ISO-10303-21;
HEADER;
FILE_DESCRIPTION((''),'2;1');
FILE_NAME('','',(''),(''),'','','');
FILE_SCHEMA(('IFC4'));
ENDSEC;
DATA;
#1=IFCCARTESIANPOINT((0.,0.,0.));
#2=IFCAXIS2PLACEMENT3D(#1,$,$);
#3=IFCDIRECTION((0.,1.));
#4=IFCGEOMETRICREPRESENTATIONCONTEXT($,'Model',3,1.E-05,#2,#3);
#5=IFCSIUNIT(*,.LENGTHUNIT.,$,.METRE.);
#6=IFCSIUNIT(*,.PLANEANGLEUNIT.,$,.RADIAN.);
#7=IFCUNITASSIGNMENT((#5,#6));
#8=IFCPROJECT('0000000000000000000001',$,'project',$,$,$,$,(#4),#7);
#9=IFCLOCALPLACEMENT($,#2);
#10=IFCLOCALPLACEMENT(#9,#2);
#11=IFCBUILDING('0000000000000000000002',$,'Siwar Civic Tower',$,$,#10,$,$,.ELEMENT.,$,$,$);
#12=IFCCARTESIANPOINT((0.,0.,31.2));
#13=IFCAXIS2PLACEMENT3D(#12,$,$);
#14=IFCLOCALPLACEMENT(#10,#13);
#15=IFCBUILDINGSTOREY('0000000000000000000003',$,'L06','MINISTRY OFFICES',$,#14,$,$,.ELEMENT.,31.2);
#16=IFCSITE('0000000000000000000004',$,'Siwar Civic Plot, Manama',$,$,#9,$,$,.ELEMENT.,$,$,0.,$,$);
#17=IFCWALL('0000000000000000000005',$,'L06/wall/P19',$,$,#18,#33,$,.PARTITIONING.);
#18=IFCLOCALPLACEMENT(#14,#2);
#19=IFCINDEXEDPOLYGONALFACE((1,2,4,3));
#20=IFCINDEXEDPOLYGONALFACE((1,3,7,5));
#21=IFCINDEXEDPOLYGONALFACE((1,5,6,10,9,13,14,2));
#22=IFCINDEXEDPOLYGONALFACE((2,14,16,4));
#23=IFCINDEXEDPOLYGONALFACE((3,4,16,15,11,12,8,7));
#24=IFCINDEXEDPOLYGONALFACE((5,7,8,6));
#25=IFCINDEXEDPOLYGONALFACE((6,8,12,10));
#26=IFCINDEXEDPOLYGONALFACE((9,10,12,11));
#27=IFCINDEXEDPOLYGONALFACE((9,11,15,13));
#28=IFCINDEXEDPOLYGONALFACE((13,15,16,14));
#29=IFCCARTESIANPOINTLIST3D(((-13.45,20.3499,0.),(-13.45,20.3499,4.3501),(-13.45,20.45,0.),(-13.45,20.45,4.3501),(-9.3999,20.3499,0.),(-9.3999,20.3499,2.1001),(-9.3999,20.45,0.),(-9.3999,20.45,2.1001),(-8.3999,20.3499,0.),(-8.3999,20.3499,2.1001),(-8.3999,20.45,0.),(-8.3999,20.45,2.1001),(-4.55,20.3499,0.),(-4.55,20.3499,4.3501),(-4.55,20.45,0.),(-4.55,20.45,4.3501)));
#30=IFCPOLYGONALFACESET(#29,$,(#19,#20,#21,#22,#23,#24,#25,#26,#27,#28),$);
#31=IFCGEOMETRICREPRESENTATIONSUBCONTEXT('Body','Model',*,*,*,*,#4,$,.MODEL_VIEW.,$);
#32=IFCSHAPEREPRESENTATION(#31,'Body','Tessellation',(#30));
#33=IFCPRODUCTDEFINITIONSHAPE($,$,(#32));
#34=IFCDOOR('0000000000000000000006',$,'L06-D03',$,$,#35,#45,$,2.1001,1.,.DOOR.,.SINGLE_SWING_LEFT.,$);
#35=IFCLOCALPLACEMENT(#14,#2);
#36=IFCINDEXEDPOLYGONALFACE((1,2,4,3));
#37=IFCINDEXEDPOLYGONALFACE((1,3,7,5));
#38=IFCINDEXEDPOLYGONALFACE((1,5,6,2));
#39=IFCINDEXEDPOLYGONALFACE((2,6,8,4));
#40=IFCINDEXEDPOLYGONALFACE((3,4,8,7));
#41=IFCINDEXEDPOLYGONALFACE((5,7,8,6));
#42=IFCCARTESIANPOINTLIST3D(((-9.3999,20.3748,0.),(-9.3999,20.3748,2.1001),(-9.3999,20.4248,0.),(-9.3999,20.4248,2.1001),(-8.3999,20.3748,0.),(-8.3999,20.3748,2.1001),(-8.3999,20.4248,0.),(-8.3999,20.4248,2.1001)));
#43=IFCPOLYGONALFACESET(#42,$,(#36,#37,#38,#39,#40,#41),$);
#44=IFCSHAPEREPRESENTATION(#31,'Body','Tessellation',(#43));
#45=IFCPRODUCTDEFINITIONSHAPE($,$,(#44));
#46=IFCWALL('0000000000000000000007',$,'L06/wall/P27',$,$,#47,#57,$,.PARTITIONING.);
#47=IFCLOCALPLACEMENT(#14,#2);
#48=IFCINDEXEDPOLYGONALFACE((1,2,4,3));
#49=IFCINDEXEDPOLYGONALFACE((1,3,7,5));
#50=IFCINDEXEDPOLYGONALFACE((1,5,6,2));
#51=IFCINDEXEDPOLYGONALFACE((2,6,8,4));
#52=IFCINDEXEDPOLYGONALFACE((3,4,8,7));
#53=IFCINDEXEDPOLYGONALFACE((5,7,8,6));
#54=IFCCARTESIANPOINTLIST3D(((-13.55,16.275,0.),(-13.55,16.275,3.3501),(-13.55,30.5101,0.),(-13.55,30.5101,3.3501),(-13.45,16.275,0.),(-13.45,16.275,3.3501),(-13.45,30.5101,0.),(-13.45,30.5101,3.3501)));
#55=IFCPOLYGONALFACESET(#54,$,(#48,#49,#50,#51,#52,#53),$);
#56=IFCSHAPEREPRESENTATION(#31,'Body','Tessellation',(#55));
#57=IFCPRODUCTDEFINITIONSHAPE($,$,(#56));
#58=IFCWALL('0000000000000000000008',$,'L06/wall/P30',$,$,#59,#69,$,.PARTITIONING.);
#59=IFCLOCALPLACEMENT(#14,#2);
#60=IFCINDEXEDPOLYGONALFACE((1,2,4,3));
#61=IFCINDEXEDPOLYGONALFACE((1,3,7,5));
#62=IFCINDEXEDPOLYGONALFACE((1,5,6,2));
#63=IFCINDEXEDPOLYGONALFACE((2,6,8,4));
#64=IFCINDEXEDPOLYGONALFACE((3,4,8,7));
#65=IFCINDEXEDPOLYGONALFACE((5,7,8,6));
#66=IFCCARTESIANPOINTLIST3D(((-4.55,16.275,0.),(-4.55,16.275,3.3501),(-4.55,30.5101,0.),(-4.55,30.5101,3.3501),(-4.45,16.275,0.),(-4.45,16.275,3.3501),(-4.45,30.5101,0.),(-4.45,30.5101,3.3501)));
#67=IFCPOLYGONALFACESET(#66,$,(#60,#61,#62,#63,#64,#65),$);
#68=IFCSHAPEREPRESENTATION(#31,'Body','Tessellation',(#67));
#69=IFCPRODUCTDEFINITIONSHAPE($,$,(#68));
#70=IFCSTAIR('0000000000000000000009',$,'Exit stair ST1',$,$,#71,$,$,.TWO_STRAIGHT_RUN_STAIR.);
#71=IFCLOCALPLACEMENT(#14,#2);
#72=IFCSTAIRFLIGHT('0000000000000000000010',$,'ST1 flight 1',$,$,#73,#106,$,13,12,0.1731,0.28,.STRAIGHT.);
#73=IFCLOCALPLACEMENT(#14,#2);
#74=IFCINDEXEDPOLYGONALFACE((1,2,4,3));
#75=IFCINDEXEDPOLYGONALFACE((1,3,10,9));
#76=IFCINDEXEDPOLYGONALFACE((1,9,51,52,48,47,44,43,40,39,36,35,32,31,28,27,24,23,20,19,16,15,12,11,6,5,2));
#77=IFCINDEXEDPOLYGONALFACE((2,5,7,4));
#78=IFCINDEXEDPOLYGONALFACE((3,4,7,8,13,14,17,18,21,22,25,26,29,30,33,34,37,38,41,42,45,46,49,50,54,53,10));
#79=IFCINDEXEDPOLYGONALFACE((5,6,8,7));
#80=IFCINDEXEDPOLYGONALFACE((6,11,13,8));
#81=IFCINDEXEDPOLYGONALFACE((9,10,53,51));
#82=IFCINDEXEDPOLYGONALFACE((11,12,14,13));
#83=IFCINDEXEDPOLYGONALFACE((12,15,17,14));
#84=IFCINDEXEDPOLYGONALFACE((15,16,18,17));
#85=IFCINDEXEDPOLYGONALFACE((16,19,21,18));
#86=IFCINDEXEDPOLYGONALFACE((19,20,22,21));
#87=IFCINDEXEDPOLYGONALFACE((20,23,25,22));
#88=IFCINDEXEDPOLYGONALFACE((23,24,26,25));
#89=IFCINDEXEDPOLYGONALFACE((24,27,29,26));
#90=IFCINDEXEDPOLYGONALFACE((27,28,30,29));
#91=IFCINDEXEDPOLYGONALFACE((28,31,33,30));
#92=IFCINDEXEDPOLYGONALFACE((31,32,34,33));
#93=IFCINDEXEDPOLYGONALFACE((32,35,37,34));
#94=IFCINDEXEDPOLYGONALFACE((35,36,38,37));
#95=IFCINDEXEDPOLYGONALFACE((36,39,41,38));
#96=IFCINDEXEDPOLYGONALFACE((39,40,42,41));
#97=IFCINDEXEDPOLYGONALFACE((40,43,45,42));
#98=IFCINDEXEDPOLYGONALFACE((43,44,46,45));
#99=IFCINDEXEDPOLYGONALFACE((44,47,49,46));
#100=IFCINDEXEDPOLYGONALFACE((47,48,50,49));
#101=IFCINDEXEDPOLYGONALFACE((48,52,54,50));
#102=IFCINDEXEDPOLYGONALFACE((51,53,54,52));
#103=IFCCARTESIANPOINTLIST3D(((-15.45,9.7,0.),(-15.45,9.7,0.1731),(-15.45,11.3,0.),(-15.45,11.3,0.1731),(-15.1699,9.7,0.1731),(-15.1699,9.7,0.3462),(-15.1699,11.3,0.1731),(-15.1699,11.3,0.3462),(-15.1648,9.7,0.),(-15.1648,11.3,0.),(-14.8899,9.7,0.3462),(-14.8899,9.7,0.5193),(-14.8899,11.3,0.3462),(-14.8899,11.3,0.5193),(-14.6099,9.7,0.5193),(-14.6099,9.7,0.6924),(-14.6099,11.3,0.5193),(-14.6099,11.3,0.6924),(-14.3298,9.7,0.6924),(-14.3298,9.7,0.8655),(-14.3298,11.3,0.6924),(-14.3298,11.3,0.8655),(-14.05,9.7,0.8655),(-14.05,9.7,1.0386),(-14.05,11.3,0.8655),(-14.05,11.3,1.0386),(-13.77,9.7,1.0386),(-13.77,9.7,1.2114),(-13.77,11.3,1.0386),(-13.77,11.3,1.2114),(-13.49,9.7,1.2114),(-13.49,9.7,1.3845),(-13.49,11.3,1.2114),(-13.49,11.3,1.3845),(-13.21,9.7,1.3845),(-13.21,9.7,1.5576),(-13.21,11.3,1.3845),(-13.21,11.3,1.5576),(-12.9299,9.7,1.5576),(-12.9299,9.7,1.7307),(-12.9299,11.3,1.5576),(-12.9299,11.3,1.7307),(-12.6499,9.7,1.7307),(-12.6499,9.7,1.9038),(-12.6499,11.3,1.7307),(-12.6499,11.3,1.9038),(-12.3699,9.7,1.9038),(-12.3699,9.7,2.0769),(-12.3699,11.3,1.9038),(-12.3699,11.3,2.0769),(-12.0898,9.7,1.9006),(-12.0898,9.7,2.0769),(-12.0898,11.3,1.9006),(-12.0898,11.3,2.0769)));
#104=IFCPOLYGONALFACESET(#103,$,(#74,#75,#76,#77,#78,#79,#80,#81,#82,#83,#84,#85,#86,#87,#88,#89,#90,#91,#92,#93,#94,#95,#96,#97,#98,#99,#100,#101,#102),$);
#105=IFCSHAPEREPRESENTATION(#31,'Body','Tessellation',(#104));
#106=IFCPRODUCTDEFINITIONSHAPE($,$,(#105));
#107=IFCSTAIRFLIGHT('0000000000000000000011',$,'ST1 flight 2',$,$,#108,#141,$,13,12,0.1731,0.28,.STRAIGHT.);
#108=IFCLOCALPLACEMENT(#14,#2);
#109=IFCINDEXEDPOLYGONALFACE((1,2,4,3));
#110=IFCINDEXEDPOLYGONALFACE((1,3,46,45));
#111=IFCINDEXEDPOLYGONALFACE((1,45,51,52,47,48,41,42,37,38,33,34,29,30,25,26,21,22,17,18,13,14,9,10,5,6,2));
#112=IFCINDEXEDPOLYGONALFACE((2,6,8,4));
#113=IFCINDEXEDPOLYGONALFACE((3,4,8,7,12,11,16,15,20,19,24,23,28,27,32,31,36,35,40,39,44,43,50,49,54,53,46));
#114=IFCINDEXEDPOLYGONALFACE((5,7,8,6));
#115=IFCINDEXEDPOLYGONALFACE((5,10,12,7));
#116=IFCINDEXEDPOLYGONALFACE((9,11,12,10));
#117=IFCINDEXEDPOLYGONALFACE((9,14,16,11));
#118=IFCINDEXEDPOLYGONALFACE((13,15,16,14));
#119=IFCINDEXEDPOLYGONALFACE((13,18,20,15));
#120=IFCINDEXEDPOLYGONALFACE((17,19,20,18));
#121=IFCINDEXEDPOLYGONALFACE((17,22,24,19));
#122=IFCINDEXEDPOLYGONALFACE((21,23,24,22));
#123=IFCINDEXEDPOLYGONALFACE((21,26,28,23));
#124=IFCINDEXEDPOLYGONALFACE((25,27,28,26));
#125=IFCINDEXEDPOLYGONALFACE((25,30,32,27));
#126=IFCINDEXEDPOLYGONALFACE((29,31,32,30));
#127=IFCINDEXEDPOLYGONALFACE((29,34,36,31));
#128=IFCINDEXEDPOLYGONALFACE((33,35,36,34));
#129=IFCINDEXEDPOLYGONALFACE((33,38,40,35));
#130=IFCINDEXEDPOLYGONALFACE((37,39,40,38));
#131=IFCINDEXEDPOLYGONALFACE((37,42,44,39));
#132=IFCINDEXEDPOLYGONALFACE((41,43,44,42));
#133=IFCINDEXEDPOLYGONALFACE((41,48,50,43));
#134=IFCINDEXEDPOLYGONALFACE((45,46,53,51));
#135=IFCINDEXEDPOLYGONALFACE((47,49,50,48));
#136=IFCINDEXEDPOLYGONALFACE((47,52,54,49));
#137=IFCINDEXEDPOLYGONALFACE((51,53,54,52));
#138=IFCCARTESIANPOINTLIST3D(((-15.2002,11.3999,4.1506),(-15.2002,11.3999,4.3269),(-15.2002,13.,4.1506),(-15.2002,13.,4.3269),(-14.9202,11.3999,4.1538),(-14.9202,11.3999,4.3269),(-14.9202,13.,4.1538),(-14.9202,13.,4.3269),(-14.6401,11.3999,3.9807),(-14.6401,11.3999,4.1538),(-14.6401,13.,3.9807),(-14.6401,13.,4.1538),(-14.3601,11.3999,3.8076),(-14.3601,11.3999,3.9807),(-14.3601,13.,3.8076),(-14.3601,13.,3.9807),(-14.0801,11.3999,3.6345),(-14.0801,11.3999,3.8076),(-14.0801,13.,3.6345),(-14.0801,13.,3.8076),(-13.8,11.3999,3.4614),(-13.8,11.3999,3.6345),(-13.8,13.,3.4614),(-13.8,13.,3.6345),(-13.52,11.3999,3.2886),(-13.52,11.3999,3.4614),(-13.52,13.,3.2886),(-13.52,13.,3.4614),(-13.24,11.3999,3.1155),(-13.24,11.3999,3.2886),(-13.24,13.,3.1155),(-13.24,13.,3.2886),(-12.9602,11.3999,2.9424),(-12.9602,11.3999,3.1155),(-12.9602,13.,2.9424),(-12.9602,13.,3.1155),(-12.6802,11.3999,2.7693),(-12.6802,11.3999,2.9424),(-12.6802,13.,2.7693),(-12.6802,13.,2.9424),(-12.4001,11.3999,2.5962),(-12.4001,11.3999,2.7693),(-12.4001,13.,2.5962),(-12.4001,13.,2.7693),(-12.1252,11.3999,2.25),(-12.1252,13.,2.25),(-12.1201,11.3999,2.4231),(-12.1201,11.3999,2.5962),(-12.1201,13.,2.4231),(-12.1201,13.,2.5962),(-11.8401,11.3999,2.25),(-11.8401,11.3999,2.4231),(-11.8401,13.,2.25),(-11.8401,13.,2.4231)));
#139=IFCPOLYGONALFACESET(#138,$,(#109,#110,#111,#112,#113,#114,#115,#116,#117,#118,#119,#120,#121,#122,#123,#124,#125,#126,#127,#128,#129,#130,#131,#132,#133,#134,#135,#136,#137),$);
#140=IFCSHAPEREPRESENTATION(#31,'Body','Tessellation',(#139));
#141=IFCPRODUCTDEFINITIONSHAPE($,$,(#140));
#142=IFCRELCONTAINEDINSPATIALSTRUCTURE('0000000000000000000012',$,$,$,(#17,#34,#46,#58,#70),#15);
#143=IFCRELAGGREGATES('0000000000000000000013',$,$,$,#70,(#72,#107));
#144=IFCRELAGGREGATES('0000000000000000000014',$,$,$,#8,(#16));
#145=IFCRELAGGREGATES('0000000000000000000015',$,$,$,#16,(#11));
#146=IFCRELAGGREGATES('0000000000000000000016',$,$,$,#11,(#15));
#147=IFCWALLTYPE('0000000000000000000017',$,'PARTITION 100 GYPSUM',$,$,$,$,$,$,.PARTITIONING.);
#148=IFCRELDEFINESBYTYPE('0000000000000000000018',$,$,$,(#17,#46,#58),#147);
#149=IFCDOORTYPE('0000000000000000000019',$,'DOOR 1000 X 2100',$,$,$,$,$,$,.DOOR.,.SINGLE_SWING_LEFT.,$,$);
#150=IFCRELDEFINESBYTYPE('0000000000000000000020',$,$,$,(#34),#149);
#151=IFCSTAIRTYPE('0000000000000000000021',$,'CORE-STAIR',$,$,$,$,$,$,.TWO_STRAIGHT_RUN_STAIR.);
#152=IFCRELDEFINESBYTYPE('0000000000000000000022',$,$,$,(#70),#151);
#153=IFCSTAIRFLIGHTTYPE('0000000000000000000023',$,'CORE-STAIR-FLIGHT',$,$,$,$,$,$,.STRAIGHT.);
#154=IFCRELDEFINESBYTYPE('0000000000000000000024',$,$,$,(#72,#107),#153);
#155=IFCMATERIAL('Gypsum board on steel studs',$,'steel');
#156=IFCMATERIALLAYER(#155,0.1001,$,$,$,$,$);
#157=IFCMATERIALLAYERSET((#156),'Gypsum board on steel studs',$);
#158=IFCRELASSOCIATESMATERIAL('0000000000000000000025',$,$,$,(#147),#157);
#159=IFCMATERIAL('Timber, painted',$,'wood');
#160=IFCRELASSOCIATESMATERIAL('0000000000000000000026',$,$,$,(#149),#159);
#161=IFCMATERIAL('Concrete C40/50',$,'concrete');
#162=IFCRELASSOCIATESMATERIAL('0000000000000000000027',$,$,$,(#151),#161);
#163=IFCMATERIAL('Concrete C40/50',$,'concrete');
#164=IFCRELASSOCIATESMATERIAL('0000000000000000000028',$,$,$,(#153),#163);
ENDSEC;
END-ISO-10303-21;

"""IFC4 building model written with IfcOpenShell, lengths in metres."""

from ifc_helpers import new_model, si_unit, direction, frame, frame_2d, origin, place, context, subcontext, project, spatial, polyline, rectangle, outline, extrude, material, layer, layer_set, type_object, element, fill, aggregate, save


model = new_model("IFC4")

# Units and contexts
model_context = context("Model", 3, precision=1e-05, world=origin(), true_north=direction((0.0, 1.0)))
body_context = subcontext(model_context, "Body", "Model", "MODEL_VIEW")
ifc_project = project(units=[si_unit("LENGTHUNIT", "METRE"), si_unit("PLANEANGLEUNIT", "RADIAN")], contexts=[model_context])

# Site, building, storey
site_placement = place(None, origin())
site = spatial("IfcSite", under=ifc_project, at=site_placement, Name="Siwar Civic Plot, Manama", CompositionType="ELEMENT", RefElevation=0.0)
building_placement = place(site_placement, origin())
building = spatial("IfcBuilding", under=site, at=building_placement, Name="Siwar Civic Tower", CompositionType="ELEMENT")
storey_placement = place(building_placement, frame((0.0, 0.0, 31.2)))
storey = spatial("IfcBuildingStorey", under=building, at=storey_placement, Name="L06", Description="MINISTRY OFFICES", CompositionType="ELEMENT", Elevation=31.2)

# Wall, opening, door
ifc_material_1 = material(Name="Gypsum board on steel studs", Category="steel")
ifc_layer_1 = layer(ifc_material_1, 0.1001)
ifc_layer_set_1 = layer_set([ifc_layer_1], Name="Gypsum board on steel studs")
wall_type_1 = type_object("IfcWallType", Name="PARTITION 100 GYPSUM", PredefinedType="PARTITIONING", material=ifc_layer_set_1)
ifc_material_2 = material(Name="Timber, painted", Category="wood")
door_type_1 = type_object("IfcDoorType", Name="DOOR 1000 X 2100", OperationType="SINGLE_SWING_LEFT", PredefinedType="DOOR", material=ifc_material_2)
wall_1_placement = place(storey_placement, frame((-13.45, 20.3999, 0.0), z_axis=(0.0, 0.0, 1.0), x_axis=(1.0, 0.0, 0.0)))
wall_1 = element("IfcWall", 1, at=wall_1_placement, inside=storey, type_object=wall_type_1, Name="L06/wall/P19", PredefinedType="PARTITIONING", context=body_context, shape_type="SweptSolid", body=[
    extrude(rectangle(XDim=8.8999, YDim=0.1001, at=frame_2d((4.45, 0.0))), origin(), (0.0, 0.0, 1.0), 4.3501),
])
opening_1_placement = place(wall_1_placement, frame((4.05, 0.0, 0.0)))
opening_1 = element("IfcOpeningElement", 2, at=opening_1_placement, cuts=wall_1, PredefinedType="OPENING", context=body_context, shape_type="SweptSolid", body=[
    extrude(rectangle(XDim=1.0, YDim=2.1001, at=frame_2d((0.5, 1.05))), frame((0.0, 0.0601, 0.0), z_axis=(0.0, -1.0, 0.0), x_axis=(1.0, 0.0, 0.0)), (0.0, 0.0, 1.0), 0.1201),
])
door_1_placement = place(opening_1_placement, origin())
door_1 = element("IfcDoor", 3, at=door_1_placement, inside=storey, type_object=door_type_1, Name="L06-D03", OperationType="SINGLE_SWING_LEFT", OverallHeight=2.1001, OverallWidth=1.0, PredefinedType="DOOR", context=body_context, shape_type="SweptSolid", body=[
    extrude(rectangle(XDim=1.0, YDim=2.1001, at=frame_2d((0.5, 1.05))), frame((0.0, 0.0249, 0.0), z_axis=(0.0, -1.0, 0.0), x_axis=(1.0, 0.0, 0.0)), (0.0, 0.0, 1.0), 0.05),
])
fill(opening_1, door_1)

# Walls
for number, where, z_axis, x_axis, name in (
    (4, (-13.5, 16.2749, 0.0), (0.0, 0.0, 1.0), (0.0, 1.0, 0.0), "L06/wall/P27"),
    (5, (-4.5, 16.2749, 0.0), (0.0, 0.0, 1.0), (0.0, 1.0, 0.0), "L06/wall/P30"),
):
    element("IfcWall", number, at=place(storey_placement, frame(where, z_axis=z_axis, x_axis=x_axis)), inside=storey, type_object=wall_type_1, Name=name, PredefinedType="PARTITIONING", context=body_context, shape_type="SweptSolid", body=[
        extrude(rectangle(XDim=14.2351, YDim=0.1001, at=frame_2d((7.1177, 0.0))), origin(), (0.0, 0.0, 1.0), 3.3501),
    ])

# Stair, stair flights
ifc_material_3 = material(Name="Concrete C40/50", Category="concrete")
stair_type = type_object("IfcStairType", Name="CORE-STAIR", PredefinedType="TWO_STRAIGHT_RUN_STAIR", material=ifc_material_3)
stair_placement = place(storey_placement, origin())
stair = element("IfcStair", 6, at=stair_placement, inside=storey, type_object=stair_type, Name="Exit stair ST1", PredefinedType="TWO_STRAIGHT_RUN_STAIR")
ifc_material_4 = material(Name="Concrete C40/50", Category="concrete")
stair_flight_type = type_object("IfcStairFlightType", Name="CORE-STAIR-FLIGHT", PredefinedType="STRAIGHT", material=ifc_material_4)
stair_flight_1_placement = place(storey_placement, frame((-15.45, 10.5, 0.0), z_axis=(0.0, 0.0, 1.0), x_axis=(1.0, 0.0, 0.0)))
stair_flight_1 = element("IfcStairFlight", 7, at=stair_flight_1_placement, type_object=stair_flight_type, Name="ST1 flight 1", NumberOfRisers=13, NumberOfTreads=12, PredefinedType="STRAIGHT", RiserHeight=0.1731, TreadLength=0.28, context=body_context, shape_type="SweptSolid", body=[
    extrude(outline(polyline([(0.0, 0.0), (0.0, 0.1731), (0.28, 0.1731), (0.28, 0.3462), (0.5601, 0.3462), (0.5601, 0.5193), (0.8401, 0.5193), (0.8401, 0.6924), (1.1201, 0.6924), (1.1201, 0.8655), (1.3999, 0.8655), (1.3999, 1.0386), (1.6799, 1.0386), (1.6799, 1.2114), (1.96, 1.2114), (1.96, 1.3845), (2.24, 1.3845), (2.24, 1.5576), (2.52, 1.5576), (2.52, 1.7307), (2.8, 1.7307), (2.8, 1.9038), (3.0801, 1.9038), (3.0801, 2.0769), (3.3601, 2.0769), (3.3601, 2.25), (3.3601, 1.9006), (0.2852, 0.0), (0.0, 0.0)])), frame((0.0, 0.8, 0.0), z_axis=(0.0, -1.0, 0.0), x_axis=(1.0, 0.0, 0.0)), (0.0, 0.0, 1.0), 1.6001),
])
stair_flight_2_placement = place(storey_placement, frame((-11.8401, 12.2, 2.25), z_axis=(0.0, 0.0, 1.0), x_axis=(-1.0, 0.0, 0.0)))
stair_flight_2 = element("IfcStairFlight", 8, at=stair_flight_2_placement, type_object=stair_flight_type, Name="ST1 flight 2", NumberOfRisers=13, NumberOfTreads=12, PredefinedType="STRAIGHT", RiserHeight=0.1731, TreadLength=0.28, context=body_context, shape_type="SweptSolid", body=[
    extrude(outline(polyline([(0.0, 0.0), (0.0, 0.1731), (0.28, 0.1731), (0.28, 0.3462), (0.5601, 0.3462), (0.5601, 0.5193), (0.8401, 0.5193), (0.8401, 0.6924), (1.1201, 0.6924), (1.1201, 0.8655), (1.3999, 0.8655), (1.3999, 1.0386), (1.6799, 1.0386), (1.6799, 1.2114), (1.96, 1.2114), (1.96, 1.3845), (2.24, 1.3845), (2.24, 1.5576), (2.52, 1.5576), (2.52, 1.7307), (2.8, 1.7307), (2.8, 1.9038), (3.0801, 1.9038), (3.0801, 2.0769), (3.3601, 2.0769), (3.3601, 2.25), (3.3601, 1.9006), (0.2852, 0.0), (0.0, 0.0)])), frame((0.0, 0.8, 0.0), z_axis=(0.0, -1.0, 0.0), x_axis=(1.0, 0.0, 0.0)), (0.0, 0.0, 1.0), 1.6001),
])
aggregate(stair, [stair_flight_1, stair_flight_2])

save(model, "model.ifc")
